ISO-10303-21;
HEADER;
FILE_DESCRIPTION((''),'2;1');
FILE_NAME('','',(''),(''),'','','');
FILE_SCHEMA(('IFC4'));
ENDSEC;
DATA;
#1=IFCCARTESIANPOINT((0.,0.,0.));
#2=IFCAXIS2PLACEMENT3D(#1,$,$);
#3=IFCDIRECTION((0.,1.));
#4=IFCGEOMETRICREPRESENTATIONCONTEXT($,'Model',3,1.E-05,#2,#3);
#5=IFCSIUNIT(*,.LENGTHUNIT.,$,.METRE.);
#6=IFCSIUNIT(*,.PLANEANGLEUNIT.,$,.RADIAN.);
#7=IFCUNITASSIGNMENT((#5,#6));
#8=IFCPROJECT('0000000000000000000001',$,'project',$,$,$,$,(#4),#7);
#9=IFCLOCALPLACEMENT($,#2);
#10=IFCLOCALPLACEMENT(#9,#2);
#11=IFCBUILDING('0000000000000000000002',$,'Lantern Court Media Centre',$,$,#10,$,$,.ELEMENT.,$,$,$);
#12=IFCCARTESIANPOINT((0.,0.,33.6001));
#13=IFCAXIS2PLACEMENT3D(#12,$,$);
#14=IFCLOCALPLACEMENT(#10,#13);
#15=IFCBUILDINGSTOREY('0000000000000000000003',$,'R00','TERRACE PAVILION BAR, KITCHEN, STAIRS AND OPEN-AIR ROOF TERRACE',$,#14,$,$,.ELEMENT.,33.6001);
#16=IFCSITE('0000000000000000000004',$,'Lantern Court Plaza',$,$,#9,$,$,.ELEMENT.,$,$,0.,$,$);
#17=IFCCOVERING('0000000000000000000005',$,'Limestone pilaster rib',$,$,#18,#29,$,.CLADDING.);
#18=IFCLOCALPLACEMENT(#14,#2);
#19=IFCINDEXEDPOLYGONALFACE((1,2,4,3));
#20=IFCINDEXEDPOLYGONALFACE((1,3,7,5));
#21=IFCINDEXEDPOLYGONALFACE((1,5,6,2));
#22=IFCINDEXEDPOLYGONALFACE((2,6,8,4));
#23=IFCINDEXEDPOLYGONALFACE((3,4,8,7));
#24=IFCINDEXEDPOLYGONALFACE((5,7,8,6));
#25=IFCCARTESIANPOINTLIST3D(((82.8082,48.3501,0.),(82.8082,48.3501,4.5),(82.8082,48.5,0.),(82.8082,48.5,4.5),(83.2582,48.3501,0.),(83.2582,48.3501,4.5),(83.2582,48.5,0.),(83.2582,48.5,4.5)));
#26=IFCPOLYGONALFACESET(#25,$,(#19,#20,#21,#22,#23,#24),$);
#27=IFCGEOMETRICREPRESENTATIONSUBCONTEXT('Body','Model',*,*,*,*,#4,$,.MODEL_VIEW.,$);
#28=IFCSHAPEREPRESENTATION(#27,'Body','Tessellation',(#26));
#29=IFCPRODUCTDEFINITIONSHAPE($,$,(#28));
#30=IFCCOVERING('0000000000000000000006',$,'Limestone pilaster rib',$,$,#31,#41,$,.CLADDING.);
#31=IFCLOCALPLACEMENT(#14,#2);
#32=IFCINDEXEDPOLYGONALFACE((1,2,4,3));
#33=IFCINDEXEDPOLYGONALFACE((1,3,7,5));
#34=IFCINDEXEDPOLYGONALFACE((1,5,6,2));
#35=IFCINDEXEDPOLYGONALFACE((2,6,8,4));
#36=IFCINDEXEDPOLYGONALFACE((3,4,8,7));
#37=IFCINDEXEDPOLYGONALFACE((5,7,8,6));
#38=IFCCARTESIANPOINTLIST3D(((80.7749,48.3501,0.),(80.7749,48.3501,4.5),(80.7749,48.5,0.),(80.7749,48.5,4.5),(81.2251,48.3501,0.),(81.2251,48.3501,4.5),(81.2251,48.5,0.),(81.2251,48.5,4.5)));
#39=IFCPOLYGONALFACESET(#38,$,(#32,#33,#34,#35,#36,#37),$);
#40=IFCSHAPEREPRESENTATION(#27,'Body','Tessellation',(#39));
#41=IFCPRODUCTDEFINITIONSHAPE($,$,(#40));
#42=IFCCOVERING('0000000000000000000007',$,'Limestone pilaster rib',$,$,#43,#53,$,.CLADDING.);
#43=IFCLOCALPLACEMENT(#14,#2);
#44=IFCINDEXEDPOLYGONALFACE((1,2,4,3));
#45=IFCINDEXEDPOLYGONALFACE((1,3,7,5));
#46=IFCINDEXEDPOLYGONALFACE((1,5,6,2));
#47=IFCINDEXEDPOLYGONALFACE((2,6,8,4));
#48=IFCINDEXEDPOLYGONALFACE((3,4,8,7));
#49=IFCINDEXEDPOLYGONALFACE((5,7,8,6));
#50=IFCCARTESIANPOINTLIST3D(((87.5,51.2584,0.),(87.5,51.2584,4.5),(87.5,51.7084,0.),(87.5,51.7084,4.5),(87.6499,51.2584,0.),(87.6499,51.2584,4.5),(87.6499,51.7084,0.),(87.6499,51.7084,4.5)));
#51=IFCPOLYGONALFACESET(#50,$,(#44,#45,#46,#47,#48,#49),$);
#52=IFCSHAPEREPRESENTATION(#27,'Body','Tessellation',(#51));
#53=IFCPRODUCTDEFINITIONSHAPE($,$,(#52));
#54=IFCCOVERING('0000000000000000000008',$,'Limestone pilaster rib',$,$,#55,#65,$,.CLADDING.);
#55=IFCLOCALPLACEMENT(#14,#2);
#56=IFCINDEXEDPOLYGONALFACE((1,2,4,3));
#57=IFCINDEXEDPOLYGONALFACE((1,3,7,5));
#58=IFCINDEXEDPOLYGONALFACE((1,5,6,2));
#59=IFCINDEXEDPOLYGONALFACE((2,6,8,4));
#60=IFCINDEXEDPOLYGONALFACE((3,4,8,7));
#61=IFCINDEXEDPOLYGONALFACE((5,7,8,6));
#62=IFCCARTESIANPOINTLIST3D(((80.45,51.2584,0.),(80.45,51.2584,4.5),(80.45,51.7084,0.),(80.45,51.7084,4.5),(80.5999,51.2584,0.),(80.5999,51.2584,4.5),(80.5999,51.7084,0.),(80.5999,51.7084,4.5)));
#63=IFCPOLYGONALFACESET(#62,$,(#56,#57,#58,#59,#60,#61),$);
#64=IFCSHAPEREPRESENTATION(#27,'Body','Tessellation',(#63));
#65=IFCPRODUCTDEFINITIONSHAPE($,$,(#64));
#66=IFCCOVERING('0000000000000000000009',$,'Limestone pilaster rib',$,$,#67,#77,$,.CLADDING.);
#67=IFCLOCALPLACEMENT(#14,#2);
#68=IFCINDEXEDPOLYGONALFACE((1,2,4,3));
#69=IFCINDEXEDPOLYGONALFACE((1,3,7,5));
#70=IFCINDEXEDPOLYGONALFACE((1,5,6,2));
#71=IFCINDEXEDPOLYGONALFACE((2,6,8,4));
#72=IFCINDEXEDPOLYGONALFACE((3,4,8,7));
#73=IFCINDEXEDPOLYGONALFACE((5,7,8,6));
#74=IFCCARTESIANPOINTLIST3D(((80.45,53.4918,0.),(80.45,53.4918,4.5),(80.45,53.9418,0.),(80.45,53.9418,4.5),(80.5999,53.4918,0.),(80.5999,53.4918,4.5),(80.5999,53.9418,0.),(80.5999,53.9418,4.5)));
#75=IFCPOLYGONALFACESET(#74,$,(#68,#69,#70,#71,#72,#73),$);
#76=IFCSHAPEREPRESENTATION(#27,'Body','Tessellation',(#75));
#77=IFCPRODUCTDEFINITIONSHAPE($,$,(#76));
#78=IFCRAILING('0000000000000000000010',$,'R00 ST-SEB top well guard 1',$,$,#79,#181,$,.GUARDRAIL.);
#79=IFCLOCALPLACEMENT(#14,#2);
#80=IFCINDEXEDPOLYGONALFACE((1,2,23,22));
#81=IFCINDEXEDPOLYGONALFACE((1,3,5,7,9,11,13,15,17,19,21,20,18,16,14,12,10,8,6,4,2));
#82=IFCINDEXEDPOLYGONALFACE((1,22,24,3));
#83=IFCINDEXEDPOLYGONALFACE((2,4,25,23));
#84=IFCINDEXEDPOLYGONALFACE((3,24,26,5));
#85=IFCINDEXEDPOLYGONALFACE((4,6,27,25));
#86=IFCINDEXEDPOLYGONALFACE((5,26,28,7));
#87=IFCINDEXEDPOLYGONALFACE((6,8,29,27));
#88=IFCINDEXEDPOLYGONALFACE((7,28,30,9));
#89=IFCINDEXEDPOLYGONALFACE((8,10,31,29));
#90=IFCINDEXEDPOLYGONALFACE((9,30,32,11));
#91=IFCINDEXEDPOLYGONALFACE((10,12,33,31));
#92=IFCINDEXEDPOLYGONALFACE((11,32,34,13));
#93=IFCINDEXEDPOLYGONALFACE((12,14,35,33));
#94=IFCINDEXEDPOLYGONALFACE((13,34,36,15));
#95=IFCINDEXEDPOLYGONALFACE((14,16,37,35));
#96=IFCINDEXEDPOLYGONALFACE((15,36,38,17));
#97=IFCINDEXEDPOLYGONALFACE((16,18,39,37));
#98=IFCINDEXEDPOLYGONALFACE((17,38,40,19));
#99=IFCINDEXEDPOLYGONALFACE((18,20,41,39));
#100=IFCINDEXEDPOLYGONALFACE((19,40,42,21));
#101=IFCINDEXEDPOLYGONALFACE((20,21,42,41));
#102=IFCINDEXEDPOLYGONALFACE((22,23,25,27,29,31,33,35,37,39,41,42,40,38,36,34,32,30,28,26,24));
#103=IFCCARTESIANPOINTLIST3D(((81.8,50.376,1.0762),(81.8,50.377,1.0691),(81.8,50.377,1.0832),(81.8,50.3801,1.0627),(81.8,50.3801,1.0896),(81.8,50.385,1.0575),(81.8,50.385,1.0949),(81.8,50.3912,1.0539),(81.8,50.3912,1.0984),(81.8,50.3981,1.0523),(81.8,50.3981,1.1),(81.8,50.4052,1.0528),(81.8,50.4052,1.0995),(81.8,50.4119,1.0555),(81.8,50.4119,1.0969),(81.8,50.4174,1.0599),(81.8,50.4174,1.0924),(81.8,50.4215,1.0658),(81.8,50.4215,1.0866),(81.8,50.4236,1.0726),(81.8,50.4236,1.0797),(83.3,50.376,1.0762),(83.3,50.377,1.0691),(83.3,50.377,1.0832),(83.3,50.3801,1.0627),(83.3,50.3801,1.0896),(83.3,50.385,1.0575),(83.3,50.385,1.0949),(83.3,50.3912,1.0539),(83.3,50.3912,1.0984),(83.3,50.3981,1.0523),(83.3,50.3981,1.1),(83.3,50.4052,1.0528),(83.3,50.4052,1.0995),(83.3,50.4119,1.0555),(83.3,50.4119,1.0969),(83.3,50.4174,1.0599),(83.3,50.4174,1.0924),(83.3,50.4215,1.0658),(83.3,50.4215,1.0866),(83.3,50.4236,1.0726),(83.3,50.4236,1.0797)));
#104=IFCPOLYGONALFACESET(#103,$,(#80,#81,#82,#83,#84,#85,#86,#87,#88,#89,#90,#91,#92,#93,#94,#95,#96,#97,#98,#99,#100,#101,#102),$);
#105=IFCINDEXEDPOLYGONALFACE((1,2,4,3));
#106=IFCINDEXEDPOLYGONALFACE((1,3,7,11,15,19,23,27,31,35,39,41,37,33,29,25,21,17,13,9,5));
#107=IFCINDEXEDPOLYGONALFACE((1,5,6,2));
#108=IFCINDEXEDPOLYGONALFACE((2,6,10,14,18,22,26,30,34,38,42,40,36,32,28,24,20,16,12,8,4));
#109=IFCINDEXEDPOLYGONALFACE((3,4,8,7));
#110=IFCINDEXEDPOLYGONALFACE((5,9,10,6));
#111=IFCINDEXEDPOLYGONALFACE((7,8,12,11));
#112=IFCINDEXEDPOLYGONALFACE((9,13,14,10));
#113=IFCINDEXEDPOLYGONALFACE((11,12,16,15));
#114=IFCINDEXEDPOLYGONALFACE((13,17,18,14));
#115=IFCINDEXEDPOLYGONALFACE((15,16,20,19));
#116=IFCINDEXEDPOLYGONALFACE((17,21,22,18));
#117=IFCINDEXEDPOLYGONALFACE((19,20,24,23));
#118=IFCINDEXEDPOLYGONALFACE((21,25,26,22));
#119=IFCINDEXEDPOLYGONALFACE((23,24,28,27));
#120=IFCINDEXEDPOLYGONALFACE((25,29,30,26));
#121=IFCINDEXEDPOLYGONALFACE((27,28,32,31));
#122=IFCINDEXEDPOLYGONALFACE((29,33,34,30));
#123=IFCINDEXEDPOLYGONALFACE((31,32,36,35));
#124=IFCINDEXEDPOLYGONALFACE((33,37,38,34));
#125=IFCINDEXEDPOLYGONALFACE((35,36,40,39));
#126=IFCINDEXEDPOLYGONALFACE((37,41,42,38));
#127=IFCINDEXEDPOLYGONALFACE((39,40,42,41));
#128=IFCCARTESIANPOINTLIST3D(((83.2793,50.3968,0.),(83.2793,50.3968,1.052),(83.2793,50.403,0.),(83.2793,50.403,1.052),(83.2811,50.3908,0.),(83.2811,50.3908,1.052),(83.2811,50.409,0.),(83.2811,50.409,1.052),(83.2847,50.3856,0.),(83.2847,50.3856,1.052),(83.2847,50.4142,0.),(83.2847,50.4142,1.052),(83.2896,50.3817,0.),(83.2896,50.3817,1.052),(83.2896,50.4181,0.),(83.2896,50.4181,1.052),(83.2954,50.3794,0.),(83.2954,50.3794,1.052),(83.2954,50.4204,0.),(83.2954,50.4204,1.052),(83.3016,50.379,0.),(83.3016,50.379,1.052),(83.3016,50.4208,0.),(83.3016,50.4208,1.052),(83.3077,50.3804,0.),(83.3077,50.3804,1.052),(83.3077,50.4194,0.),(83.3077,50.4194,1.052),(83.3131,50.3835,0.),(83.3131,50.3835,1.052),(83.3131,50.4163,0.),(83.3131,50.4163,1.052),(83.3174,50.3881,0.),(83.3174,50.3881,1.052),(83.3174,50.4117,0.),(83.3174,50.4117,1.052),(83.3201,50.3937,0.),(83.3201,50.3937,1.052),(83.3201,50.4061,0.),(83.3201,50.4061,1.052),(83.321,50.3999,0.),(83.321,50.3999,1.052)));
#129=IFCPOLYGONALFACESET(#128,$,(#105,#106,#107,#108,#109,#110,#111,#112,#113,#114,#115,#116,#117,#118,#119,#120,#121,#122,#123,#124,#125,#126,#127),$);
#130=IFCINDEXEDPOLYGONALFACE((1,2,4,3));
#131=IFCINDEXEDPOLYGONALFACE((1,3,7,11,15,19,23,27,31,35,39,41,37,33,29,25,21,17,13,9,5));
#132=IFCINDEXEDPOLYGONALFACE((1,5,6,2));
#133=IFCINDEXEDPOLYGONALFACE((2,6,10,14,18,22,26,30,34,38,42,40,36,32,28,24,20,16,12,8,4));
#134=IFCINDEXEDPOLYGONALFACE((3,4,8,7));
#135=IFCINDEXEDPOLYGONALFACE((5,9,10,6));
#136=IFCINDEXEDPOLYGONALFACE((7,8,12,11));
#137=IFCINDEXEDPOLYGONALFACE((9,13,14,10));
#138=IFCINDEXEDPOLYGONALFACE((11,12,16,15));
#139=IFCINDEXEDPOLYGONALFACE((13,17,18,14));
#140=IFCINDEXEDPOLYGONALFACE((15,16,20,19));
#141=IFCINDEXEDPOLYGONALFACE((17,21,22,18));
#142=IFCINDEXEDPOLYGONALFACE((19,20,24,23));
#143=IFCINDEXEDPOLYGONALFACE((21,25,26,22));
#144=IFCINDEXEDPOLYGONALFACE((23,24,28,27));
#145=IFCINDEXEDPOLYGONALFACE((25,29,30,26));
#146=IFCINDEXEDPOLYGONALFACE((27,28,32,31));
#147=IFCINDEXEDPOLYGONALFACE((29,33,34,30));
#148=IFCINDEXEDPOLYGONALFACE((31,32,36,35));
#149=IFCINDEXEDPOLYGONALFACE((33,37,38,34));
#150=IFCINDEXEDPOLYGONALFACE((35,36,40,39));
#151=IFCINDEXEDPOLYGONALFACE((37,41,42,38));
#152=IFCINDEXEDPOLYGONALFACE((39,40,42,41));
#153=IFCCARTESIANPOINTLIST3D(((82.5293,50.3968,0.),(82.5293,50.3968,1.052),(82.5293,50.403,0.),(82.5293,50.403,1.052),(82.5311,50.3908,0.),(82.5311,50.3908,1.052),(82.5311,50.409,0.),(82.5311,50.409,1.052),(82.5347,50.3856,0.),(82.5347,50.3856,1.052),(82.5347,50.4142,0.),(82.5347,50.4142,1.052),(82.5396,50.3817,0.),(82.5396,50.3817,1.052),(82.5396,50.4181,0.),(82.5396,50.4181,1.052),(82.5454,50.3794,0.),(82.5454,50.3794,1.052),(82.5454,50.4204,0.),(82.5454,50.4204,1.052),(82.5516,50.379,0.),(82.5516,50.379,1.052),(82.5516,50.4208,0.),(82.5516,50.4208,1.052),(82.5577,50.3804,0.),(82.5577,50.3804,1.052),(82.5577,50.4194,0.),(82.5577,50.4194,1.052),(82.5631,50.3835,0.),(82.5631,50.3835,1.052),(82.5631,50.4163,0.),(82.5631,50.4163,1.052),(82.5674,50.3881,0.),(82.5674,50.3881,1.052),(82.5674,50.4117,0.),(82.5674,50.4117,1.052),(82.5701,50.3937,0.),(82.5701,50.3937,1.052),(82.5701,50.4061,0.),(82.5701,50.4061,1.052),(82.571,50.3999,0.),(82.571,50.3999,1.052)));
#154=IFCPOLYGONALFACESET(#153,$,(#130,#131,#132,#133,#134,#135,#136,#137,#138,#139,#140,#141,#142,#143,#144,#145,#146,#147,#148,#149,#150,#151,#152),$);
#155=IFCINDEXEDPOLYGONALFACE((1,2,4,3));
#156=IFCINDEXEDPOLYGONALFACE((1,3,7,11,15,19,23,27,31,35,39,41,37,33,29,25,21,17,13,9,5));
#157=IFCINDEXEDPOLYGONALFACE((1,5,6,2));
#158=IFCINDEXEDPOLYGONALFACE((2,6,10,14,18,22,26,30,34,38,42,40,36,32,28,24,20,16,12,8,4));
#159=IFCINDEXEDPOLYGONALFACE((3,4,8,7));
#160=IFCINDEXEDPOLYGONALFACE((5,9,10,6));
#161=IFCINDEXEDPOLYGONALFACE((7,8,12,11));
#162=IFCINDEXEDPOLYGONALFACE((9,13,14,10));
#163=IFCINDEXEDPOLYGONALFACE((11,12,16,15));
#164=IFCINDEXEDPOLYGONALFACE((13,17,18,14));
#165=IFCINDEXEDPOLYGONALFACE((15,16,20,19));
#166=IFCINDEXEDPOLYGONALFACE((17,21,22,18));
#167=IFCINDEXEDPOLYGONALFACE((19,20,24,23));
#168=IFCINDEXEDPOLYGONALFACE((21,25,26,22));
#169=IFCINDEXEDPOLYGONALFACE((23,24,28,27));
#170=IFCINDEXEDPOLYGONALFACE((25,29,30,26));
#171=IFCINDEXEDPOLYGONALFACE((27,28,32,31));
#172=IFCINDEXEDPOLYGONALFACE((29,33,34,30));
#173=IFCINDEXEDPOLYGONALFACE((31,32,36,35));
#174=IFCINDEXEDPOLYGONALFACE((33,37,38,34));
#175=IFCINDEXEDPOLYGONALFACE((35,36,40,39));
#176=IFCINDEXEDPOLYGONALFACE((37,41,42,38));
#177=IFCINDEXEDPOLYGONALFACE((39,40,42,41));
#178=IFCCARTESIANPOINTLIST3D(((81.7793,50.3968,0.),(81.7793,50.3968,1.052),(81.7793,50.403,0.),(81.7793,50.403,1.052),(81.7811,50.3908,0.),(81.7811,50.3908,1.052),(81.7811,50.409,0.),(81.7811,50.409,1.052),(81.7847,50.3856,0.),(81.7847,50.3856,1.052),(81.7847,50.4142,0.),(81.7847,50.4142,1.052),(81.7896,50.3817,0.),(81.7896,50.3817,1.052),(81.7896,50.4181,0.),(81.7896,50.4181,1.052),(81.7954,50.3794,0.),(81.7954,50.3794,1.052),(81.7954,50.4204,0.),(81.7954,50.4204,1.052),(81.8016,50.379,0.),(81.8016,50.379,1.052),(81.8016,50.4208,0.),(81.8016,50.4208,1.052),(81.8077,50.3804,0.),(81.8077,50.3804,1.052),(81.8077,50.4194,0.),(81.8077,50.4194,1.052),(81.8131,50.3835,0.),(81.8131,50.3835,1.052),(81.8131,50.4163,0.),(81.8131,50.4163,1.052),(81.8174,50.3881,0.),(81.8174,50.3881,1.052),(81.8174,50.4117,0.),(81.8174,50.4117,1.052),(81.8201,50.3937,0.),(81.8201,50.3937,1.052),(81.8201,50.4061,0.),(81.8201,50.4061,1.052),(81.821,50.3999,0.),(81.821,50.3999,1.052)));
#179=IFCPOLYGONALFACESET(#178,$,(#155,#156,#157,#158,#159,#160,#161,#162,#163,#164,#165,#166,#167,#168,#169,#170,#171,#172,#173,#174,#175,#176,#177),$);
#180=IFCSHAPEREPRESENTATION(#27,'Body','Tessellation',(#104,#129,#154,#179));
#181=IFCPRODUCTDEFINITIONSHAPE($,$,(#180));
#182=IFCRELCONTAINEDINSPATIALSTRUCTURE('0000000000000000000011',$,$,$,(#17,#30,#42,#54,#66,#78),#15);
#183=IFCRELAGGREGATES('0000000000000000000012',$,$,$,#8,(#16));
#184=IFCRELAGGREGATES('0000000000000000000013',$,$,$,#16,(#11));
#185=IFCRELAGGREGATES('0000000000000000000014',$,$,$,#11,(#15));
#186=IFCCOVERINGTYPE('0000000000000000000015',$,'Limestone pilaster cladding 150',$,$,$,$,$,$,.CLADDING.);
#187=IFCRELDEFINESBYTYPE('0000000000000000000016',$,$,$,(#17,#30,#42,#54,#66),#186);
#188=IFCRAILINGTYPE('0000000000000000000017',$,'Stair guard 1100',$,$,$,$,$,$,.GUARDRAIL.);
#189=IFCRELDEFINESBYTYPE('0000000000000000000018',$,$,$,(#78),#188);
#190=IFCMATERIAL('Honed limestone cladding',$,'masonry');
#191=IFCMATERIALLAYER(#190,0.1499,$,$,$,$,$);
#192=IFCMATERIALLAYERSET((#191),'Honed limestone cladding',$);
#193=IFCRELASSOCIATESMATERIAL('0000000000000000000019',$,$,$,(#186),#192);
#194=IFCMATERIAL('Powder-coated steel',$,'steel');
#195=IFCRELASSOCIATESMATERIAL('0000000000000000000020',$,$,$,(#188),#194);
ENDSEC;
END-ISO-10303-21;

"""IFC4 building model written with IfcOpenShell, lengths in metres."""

from ifc_helpers import new_model, si_unit, direction, frame, frame_2d, origin, origin_2d, place, context, subcontext, project, spatial, rectangle, circle, extrude, material, layer, layer_set, type_object, element, save


model = new_model("IFC4")

# Units and contexts
model_context = context("Model", 3, precision=1e-05, world=origin(), true_north=direction((0.0, 1.0)))
body_context = subcontext(model_context, "Body", "Model", "MODEL_VIEW")
ifc_project = project(units=[si_unit("LENGTHUNIT", "METRE"), si_unit("PLANEANGLEUNIT", "RADIAN")], contexts=[model_context])

# Site, building, storey
site_placement = place(None, origin())
site = spatial("IfcSite", under=ifc_project, at=site_placement, Name="Lantern Court Plaza", CompositionType="ELEMENT", RefElevation=0.0)
building_placement = place(site_placement, origin())
building = spatial("IfcBuilding", under=site, at=building_placement, Name="Lantern Court Media Centre", CompositionType="ELEMENT")
storey_placement = place(building_placement, frame((0.0, 0.0, 33.6001)))
storey = spatial("IfcBuildingStorey", under=building, at=storey_placement, Name="R00", Description="TERRACE PAVILION BAR, KITCHEN, STAIRS AND OPEN-AIR ROOF TERRACE", CompositionType="ELEMENT", Elevation=33.6001)

# Shared definitions
ifc_material_1 = material(Name="Powder-coated steel", Category="steel")

# Coverings
ifc_material_2 = material(Name="Honed limestone cladding", Category="masonry")
ifc_layer_1 = layer(ifc_material_2, 0.1499)
ifc_layer_set_1 = layer_set([ifc_layer_1], Name="Honed limestone cladding")
covering_type_1 = type_object("IfcCoveringType", Name="Limestone pilaster cladding 150", PredefinedType="CLADDING", material=ifc_layer_set_1)
covering_1_placement = place(storey_placement, frame((83.2583, 48.425, 0.0), z_axis=(0.0, 0.0, 1.0), x_axis=(-1.0, 0.0, 0.0)))
element("IfcCovering", 1, at=covering_1_placement, inside=storey, type_object=covering_type_1, Name="Limestone pilaster rib", PredefinedType="CLADDING", context=body_context, shape_type="SweptSolid", body=[
    extrude(rectangle(XDim=0.45, YDim=0.1499, at=frame_2d((0.2251, 0.0))), origin(), (0.0, 0.0, 1.0), 4.5),
])
covering_2_placement = place(storey_placement, frame((81.2251, 48.425, 0.0), z_axis=(0.0, 0.0, 1.0), x_axis=(-1.0, 0.0, 0.0)))
element("IfcCovering", 2, at=covering_2_placement, inside=storey, type_object=covering_type_1, Name="Limestone pilaster rib", PredefinedType="CLADDING", context=body_context, shape_type="SweptSolid", body=[
    extrude(rectangle(XDim=0.4502, YDim=0.1499, at=frame_2d((0.2251, 0.0))), origin(), (0.0, 0.0, 1.0), 4.5),
])
for number, where, z_axis, x_axis, name in (
    (3, (87.575, 51.2583, 0.0), (0.0, 0.0, 1.0), (0.0, 1.0, 0.0), "Limestone pilaster rib"),
    (4, (80.5249, 51.2583, 0.0), (0.0, 0.0, 1.0), (0.0, 1.0, 0.0), "Limestone pilaster rib"),
    (5, (80.5249, 53.4917, 0.0), (0.0, 0.0, 1.0), (0.0, 1.0, 0.0), "Limestone pilaster rib"),
):
    element("IfcCovering", number, at=place(storey_placement, frame(where, z_axis=z_axis, x_axis=x_axis)), inside=storey, type_object=covering_type_1, Name=name, PredefinedType="CLADDING", context=body_context, shape_type="SweptSolid", body=[
        extrude(rectangle(XDim=0.45, YDim=0.1499, at=frame_2d((0.2251, 0.0))), origin(), (0.0, 0.0, 1.0), 4.5),
    ])

# Railing
railing_type_1 = type_object("IfcRailingType", Name="Stair guard 1100", PredefinedType="GUARDRAIL", material=ifc_material_1)
railing_placement = place(storey_placement, frame((83.3, 50.3999, 0.0)))
element("IfcRailing", 6, at=railing_placement, inside=storey, type_object=railing_type_1, Name="R00 ST-SEB top well guard 1", PredefinedType="GUARDRAIL", context=body_context, shape_type="SweptSolid", body=[
    extrude(circle(Radius=0.0239, at=origin_2d()), frame((0.0, 0.0, 1.0762), z_axis=(-1.0, 0.0, 0.0), x_axis=(0.0, -1.0, 0.0)), (0.0, 0.0, 1.0), 1.5),
    extrude(circle(Radius=0.021, at=origin_2d()), origin(), (0.0, 0.0, 1.0), 1.052),
    extrude(circle(Radius=0.021, at=origin_2d()), frame((-0.75, 0.0, 0.0)), (0.0, 0.0, 1.0), 1.052),
    extrude(circle(Radius=0.021, at=origin_2d()), frame((-1.5, 0.0, 0.0)), (0.0, 0.0, 1.0), 1.052),
])

save(model, "model.ifc")
